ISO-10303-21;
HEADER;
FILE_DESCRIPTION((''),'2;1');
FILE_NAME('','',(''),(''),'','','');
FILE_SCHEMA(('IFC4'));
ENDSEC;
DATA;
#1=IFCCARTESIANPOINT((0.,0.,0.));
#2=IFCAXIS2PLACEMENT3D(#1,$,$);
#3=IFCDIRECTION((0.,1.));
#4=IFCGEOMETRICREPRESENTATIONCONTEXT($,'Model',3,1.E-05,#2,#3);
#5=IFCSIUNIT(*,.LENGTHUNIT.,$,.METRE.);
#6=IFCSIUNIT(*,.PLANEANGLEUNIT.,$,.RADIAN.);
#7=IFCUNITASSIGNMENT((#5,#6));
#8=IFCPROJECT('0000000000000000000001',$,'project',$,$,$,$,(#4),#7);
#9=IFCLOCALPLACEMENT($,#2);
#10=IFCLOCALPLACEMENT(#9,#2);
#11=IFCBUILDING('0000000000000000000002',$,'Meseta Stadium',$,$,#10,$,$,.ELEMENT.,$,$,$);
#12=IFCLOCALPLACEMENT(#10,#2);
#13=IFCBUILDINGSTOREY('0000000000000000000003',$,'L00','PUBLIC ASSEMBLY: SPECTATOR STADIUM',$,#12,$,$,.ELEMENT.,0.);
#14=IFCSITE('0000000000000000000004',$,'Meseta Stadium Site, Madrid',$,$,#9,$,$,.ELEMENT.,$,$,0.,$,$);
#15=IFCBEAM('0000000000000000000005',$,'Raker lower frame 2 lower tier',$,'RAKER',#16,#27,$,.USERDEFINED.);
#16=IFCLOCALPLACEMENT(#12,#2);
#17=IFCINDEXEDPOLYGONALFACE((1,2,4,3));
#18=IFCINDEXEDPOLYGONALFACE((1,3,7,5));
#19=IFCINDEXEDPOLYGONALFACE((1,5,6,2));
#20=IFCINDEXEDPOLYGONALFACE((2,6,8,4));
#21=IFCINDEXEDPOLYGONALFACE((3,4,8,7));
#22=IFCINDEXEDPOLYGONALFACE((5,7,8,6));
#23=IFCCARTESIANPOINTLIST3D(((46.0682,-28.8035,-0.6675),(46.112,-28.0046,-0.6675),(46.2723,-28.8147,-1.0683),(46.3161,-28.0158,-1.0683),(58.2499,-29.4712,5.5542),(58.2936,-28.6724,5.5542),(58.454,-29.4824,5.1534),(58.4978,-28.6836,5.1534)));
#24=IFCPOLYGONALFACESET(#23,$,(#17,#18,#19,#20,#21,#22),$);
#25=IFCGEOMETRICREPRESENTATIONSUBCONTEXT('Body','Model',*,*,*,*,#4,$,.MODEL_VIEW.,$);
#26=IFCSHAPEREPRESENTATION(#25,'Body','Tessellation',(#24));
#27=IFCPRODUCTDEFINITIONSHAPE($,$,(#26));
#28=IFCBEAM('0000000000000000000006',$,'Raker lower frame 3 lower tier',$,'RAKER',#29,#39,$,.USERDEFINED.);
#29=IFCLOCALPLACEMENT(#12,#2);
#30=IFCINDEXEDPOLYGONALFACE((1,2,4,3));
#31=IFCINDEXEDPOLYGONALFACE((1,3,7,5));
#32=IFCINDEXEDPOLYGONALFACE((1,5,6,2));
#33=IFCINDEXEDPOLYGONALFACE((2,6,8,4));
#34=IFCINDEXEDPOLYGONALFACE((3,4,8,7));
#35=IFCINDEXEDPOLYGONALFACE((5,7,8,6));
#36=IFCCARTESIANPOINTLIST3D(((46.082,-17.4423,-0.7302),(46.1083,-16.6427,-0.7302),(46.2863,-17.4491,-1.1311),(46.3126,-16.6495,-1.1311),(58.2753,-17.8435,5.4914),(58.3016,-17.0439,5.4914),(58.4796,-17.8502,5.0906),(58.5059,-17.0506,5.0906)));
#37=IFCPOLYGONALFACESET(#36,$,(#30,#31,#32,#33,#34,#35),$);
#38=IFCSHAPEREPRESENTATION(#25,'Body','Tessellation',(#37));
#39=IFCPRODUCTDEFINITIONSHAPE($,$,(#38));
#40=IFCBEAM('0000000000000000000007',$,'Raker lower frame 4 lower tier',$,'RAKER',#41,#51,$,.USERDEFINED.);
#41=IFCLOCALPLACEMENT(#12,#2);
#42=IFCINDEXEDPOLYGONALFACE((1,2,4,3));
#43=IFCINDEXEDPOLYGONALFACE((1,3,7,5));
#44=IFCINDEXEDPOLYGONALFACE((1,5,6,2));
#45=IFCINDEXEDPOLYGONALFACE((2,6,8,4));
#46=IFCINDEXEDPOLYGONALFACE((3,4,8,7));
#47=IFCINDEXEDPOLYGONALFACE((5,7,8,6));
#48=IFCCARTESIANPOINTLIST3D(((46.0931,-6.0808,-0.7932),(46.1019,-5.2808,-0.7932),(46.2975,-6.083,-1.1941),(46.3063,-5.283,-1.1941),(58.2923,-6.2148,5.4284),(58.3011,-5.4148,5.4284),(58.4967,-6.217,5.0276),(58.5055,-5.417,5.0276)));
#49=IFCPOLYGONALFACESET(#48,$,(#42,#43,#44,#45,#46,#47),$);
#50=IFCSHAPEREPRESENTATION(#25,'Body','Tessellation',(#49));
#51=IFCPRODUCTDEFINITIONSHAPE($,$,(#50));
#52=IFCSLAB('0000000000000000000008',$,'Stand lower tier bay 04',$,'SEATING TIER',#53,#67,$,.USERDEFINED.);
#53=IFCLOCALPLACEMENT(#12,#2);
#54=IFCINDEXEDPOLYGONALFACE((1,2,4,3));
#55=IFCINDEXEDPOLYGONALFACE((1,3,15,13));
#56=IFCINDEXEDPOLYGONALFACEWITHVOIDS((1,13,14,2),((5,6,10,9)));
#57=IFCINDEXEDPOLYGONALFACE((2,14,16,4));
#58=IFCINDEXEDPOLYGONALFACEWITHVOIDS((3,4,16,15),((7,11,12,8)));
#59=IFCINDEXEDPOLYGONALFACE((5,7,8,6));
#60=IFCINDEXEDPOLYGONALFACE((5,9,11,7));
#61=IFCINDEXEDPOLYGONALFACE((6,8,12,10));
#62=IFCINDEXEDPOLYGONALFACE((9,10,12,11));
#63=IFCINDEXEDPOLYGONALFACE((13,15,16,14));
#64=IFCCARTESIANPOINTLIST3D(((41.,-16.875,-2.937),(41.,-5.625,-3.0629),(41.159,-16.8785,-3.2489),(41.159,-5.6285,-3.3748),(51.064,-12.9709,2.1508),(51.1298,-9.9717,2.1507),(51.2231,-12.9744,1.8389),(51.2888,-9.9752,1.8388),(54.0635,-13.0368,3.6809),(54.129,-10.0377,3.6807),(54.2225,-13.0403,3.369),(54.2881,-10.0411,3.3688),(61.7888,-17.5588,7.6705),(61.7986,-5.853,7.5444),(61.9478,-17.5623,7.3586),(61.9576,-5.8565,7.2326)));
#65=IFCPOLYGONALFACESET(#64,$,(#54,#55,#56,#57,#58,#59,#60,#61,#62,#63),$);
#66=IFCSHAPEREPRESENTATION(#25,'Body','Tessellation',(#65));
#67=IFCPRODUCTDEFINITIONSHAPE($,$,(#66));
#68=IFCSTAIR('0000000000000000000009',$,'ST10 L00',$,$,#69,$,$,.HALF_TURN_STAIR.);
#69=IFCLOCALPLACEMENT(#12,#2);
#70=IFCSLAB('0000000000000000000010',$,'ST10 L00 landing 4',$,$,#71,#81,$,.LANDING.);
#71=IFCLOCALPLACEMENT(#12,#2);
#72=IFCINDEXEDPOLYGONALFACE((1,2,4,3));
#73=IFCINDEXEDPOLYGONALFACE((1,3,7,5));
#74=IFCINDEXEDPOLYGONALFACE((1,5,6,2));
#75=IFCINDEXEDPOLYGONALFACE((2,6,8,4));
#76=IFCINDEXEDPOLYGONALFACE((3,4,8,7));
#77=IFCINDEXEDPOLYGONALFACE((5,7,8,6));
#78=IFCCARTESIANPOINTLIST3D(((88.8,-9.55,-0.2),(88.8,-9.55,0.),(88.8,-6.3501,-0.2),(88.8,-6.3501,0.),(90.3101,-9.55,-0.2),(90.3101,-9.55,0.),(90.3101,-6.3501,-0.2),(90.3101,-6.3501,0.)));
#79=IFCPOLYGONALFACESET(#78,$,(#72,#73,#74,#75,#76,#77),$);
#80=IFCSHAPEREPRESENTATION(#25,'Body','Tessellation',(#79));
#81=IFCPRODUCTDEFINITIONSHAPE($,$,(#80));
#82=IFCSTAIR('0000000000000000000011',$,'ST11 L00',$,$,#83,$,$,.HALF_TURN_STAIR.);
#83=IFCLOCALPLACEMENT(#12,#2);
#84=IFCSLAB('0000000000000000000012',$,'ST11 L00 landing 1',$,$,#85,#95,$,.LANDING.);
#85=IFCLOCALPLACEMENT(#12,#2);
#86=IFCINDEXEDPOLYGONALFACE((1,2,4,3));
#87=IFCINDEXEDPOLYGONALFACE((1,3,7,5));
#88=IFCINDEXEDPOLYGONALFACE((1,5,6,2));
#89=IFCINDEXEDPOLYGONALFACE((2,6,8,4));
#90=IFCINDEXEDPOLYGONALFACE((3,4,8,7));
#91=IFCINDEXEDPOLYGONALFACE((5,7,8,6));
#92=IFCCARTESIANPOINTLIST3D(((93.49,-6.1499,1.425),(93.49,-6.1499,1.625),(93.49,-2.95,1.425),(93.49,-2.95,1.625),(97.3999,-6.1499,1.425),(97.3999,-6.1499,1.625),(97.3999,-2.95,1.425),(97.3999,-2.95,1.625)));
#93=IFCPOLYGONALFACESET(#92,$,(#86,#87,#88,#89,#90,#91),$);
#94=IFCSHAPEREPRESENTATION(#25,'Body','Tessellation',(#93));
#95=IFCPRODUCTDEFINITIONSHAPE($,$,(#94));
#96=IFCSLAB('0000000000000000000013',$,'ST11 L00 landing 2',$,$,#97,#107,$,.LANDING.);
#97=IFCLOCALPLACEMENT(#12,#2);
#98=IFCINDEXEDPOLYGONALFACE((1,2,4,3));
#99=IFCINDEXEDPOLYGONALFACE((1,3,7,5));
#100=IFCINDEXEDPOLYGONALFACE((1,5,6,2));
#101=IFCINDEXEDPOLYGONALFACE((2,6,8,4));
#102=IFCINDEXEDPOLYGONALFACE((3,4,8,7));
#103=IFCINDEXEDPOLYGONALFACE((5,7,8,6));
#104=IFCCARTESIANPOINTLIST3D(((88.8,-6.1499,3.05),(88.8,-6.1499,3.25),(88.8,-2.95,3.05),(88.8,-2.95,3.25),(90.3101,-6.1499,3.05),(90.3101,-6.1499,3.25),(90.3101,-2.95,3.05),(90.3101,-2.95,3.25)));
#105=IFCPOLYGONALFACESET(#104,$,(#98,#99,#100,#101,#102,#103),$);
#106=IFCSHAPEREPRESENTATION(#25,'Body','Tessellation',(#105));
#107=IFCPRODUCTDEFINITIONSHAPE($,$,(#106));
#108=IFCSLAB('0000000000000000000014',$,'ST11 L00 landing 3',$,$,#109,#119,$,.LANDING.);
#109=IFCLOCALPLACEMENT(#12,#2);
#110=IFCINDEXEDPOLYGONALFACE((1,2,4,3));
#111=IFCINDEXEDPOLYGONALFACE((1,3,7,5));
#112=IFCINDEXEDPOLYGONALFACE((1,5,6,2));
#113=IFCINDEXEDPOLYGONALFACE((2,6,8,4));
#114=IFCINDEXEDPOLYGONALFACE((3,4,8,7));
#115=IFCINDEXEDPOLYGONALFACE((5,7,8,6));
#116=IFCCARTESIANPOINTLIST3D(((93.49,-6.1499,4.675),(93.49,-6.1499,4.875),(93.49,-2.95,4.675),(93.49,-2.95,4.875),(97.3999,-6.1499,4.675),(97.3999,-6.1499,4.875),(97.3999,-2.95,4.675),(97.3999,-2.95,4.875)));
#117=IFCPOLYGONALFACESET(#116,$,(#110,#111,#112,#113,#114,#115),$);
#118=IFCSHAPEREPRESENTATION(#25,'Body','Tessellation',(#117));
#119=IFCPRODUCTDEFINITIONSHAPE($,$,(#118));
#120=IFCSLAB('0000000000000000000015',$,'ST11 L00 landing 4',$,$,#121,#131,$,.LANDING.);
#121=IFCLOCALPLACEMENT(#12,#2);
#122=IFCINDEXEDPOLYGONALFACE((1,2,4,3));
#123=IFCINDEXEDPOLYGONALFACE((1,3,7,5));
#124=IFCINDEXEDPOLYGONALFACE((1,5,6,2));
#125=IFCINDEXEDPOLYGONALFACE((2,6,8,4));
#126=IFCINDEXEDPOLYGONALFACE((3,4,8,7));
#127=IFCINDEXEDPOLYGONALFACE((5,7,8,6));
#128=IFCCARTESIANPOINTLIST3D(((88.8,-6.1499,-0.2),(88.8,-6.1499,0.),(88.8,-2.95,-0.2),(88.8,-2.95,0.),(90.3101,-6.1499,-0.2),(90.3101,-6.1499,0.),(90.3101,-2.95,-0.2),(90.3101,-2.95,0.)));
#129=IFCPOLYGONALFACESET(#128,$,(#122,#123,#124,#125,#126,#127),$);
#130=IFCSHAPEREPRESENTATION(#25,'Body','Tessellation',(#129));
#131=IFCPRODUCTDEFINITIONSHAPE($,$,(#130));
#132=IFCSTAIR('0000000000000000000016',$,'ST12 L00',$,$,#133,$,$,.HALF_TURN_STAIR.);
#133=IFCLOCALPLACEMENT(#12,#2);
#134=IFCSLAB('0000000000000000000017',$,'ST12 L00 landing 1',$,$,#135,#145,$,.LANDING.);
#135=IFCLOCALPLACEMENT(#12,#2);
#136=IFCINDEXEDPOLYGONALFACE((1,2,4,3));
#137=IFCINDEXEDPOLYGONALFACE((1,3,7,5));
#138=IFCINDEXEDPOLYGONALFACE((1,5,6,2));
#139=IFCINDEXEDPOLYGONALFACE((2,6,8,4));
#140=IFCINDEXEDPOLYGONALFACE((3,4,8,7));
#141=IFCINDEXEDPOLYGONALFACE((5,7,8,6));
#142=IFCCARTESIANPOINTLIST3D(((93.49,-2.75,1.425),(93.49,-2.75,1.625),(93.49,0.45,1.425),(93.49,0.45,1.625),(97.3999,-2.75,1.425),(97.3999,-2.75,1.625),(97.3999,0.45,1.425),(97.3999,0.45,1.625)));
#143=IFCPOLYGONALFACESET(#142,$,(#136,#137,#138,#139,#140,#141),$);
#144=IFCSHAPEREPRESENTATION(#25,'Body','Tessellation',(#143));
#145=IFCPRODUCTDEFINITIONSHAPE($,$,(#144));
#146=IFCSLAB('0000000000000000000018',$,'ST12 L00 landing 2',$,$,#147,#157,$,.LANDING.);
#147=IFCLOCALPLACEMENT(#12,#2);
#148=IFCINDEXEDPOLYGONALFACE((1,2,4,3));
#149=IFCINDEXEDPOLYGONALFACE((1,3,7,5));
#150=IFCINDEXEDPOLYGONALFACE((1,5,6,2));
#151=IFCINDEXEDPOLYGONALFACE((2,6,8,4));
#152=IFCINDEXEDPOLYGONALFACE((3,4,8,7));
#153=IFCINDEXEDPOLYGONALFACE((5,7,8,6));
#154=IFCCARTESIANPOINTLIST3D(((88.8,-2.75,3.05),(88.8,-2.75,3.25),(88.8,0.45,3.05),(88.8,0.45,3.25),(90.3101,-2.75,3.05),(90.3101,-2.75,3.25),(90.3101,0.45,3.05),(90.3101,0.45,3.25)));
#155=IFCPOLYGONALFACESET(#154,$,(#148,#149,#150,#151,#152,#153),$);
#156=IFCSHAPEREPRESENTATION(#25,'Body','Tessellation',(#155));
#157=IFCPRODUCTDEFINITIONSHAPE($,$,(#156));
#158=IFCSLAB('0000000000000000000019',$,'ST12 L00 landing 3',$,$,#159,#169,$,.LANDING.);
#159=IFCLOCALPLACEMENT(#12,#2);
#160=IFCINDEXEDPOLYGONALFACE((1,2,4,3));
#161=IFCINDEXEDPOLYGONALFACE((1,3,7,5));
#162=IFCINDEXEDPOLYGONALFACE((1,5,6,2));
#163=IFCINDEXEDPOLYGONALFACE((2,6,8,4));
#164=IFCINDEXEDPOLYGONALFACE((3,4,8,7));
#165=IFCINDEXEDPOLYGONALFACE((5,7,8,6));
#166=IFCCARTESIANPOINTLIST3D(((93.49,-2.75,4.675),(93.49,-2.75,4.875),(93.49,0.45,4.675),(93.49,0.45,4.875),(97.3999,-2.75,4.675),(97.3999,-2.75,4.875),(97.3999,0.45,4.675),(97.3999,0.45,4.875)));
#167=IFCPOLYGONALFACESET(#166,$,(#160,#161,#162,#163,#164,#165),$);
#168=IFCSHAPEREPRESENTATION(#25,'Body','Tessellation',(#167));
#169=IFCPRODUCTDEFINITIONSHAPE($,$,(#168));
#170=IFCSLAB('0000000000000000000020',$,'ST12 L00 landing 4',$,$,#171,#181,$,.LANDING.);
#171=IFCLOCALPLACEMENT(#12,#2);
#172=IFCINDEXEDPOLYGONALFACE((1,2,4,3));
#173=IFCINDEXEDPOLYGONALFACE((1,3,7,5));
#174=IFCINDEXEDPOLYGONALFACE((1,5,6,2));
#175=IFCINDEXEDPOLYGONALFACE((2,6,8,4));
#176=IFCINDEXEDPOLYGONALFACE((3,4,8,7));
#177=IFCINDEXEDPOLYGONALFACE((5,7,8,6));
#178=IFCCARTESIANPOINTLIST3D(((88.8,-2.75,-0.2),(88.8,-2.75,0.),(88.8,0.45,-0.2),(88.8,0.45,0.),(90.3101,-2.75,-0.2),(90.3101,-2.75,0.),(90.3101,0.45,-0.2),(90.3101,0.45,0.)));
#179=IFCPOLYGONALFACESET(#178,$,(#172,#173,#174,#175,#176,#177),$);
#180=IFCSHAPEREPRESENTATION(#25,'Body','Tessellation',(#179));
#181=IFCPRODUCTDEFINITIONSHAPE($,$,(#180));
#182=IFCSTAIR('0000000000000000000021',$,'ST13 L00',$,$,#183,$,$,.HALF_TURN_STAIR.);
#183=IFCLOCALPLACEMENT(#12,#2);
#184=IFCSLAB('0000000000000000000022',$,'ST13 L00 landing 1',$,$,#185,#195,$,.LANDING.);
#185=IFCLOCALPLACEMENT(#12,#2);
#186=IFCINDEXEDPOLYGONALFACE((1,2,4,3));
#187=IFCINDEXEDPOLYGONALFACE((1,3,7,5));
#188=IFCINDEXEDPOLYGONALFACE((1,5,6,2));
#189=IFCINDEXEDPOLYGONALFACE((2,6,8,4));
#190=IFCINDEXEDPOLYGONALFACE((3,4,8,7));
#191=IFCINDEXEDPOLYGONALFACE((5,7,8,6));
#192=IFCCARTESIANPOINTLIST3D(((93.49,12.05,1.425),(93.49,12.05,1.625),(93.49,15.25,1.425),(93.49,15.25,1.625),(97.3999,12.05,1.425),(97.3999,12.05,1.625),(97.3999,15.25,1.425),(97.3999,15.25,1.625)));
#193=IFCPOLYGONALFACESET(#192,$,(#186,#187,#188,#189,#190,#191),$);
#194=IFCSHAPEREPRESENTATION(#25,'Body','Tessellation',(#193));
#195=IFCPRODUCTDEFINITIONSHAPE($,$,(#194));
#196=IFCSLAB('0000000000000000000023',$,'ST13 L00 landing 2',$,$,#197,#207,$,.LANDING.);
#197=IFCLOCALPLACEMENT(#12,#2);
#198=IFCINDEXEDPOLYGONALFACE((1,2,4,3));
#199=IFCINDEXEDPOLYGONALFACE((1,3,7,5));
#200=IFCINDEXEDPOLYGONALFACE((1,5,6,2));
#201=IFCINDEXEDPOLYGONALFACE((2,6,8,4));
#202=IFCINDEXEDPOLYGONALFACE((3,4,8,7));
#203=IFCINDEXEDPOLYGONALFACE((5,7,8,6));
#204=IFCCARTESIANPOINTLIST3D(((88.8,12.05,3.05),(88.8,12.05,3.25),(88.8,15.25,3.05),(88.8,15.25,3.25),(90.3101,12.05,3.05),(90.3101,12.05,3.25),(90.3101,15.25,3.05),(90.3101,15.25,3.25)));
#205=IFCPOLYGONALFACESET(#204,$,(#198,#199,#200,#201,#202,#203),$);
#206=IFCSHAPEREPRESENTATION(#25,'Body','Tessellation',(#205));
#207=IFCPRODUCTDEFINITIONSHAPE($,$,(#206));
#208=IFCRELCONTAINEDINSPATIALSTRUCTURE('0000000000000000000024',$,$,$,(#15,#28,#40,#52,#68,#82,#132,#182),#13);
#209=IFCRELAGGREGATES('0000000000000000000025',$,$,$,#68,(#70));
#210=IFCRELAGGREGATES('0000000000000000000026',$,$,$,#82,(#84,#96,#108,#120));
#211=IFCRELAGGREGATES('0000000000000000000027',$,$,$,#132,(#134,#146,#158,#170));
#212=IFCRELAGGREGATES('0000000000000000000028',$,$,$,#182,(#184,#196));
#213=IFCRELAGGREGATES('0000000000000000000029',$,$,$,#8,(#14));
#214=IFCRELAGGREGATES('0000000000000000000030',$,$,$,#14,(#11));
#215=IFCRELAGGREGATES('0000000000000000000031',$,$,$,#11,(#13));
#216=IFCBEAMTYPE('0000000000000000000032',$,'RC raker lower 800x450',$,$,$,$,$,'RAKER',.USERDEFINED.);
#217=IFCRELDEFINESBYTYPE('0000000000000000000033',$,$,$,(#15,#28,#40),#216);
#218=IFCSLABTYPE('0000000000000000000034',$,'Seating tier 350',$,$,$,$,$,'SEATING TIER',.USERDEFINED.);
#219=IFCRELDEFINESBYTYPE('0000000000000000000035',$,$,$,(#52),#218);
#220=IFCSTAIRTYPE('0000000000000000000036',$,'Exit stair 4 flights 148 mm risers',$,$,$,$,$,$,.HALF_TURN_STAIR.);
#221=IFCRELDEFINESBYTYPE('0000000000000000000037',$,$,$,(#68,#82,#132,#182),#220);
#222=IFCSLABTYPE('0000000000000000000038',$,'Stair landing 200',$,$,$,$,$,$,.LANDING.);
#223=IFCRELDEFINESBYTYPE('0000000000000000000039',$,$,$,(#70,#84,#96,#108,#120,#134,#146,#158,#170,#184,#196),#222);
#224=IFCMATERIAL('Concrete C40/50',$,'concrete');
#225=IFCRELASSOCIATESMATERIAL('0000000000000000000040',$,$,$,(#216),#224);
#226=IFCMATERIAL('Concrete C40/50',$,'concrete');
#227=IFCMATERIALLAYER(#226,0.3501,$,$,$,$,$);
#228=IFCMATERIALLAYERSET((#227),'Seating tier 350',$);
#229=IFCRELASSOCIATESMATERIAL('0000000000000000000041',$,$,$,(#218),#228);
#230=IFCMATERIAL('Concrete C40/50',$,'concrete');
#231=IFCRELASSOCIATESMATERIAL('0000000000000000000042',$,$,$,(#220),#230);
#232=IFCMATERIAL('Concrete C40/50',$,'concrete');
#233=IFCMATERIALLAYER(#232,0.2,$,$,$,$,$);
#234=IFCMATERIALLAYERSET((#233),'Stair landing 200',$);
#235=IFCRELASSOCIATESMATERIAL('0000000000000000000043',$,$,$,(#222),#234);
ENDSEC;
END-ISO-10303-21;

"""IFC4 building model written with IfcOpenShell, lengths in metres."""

from ifc_helpers import new_model, si_unit, direction, frame, origin, origin_2d, place, context, subcontext, project, spatial, polyline, rectangle, outline, extrude, material, layer, layer_set, material_profile, profile_set, type_object, element, aggregate, save


model = new_model("IFC4")

# Units and contexts
model_context = context("Model", 3, precision=1e-05, world=origin(), true_north=direction((0.0, 1.0)))
body_context = subcontext(model_context, "Body", "Model", "MODEL_VIEW")
ifc_project = project(units=[si_unit("LENGTHUNIT", "METRE"), si_unit("PLANEANGLEUNIT", "RADIAN")], contexts=[model_context])

# Site, building, storey
site_placement = place(None, origin())
site = spatial("IfcSite", under=ifc_project, at=site_placement, Name="Meseta Stadium Site, Madrid", CompositionType="ELEMENT", RefElevation=0.0)
building_placement = place(site_placement, origin())
building = spatial("IfcBuilding", under=site, at=building_placement, Name="Meseta Stadium", CompositionType="ELEMENT")
storey_placement = place(building_placement, origin())
storey = spatial("IfcBuildingStorey", under=building, at=storey_placement, Name="L00", Description="PUBLIC ASSEMBLY: SPECTATOR STADIUM", CompositionType="ELEMENT", Elevation=0.0)

# Beams
ifc_material_1 = material(Name="Concrete C40/50", Category="concrete")
ifc_material_profile = material_profile(ifc_material_1, rectangle(XDim=0.8, YDim=0.45, at=origin_2d()), Name="RC 800x450")
ifc_profile_set = profile_set([ifc_material_profile], Name="Concrete C40/50")
beam_type = type_object("IfcBeamType", Name="RC raker lower 800x450", ElementType="RAKER", PredefinedType="USERDEFINED", material=ifc_profile_set)
for number, where, z_axis, x_axis, name in (
    (1, (46.1921, -28.4097, -0.8679), (0.889509, -0.048758, 0.45431), (0.054732, 0.998501, 0.0), "Raker lower frame 2 lower tier"),
    (2, (46.1973, -17.0459, -0.9307), (0.890363, -0.02929, 0.454309), (0.032879, 0.999459, 0.0), "Raker lower frame 3 lower tier"),
    (3, (46.1997, -5.6819, -0.9937), (0.89079, -0.009787, 0.454309), (0.010986, 0.99994, 0.0), "Raker lower frame 4 lower tier"),
):
    element("IfcBeam", number, at=place(storey_placement, frame(where, z_axis=z_axis, x_axis=x_axis)), inside=storey, type_object=beam_type, Name=name, ObjectType="RAKER", PredefinedType="USERDEFINED", context=body_context, shape_type="SweptSolid", body=[
        extrude(rectangle(XDim=0.8, YDim=0.45, at=origin_2d()), origin(), (0.0, 0.0, 1.0), 13.6948),
    ])

# Slab
ifc_material_2 = material(Name="Concrete C40/50", Category="concrete")
ifc_layer_1 = layer(ifc_material_2, 0.3501)
ifc_layer_set_1 = layer_set([ifc_layer_1], Name="Seating tier 350")
slab_type_1 = type_object("IfcSlabType", Name="Seating tier 350", ElementType="SEATING TIER", PredefinedType="USERDEFINED", material=ifc_layer_set_1)
slab_1_placement = place(storey_placement, frame((41.0, -16.875, -2.937), z_axis=(-0.45422, 0.009971, 0.890834), x_axis=(0.890363, -0.029288, 0.454307)))
element("IfcSlab", 4, at=slab_1_placement, inside=storey, type_object=slab_type_1, Name="Stand lower tier bay 04", ObjectType="SEATING TIER", PredefinedType="USERDEFINED", context=body_context, shape_type="SweptSolid", body=[
    extrude(outline(polyline([(0.0, 0.0), (23.3487, 0.0), (22.9573, 11.6999), (-0.3867, 11.2441), (0.0, 0.0)]), holes=[polyline([(11.1577, 4.2329), (14.5254, 4.2656), (14.4958, 7.2654), (11.1284, 7.2327), (11.1577, 4.2329)])]), origin(), (0.0, 0.0, -1.0), 0.3501),
])

# Stair, slab
ifc_material_3 = material(Name="Concrete C40/50", Category="concrete")
stair_type = type_object("IfcStairType", Name="Exit stair 4 flights 148 mm risers", PredefinedType="HALF_TURN_STAIR", material=ifc_material_3)
stair_1_placement = place(storey_placement, origin())
stair_1 = element("IfcStair", 5, at=stair_1_placement, inside=storey, type_object=stair_type, Name="ST10 L00", PredefinedType="HALF_TURN_STAIR")
ifc_material_4 = material(Name="Concrete C40/50", Category="concrete")
ifc_layer_2 = layer(ifc_material_4, 0.2)
ifc_layer_set_2 = layer_set([ifc_layer_2], Name="Stair landing 200")
slab_type_2 = type_object("IfcSlabType", Name="Stair landing 200", PredefinedType="LANDING", material=ifc_layer_set_2)
slab_2_placement = place(storey_placement, frame((0.0, 0.0, -0.2)))
slab_2 = element("IfcSlab", 6, at=slab_2_placement, type_object=slab_type_2, Name="ST10 L00 landing 4", PredefinedType="LANDING", context=body_context, shape_type="SweptSolid", body=[
    extrude(outline(polyline([(88.8, -9.55), (90.3101, -9.55), (90.3101, -6.3501), (88.8, -6.3501), (88.8, -9.55)])), origin(), (0.0, 0.0, 1.0), 0.2),
])
aggregate(stair_1, [slab_2])

# Stairs, slabs
stair_2_placement = place(storey_placement, origin())
stair_2 = element("IfcStair", 7, at=stair_2_placement, inside=storey, type_object=stair_type, Name="ST11 L00", PredefinedType="HALF_TURN_STAIR")
slab_3_placement = place(storey_placement, frame((0.0, 0.0, 1.425)))
slab_3 = element("IfcSlab", 8, at=slab_3_placement, type_object=slab_type_2, Name="ST11 L00 landing 1", PredefinedType="LANDING", context=body_context, shape_type="SweptSolid", body=[
    extrude(outline(polyline([(93.49, -6.1499), (97.3999, -6.1499), (97.3999, -2.95), (93.49, -2.95), (93.49, -6.1499)])), origin(), (0.0, 0.0, 1.0), 0.2),
])
slab_4_placement = place(storey_placement, frame((0.0, 0.0, 3.05)))
slab_4 = element("IfcSlab", 9, at=slab_4_placement, type_object=slab_type_2, Name="ST11 L00 landing 2", PredefinedType="LANDING", context=body_context, shape_type="SweptSolid", body=[
    extrude(outline(polyline([(88.8, -6.1499), (90.3101, -6.1499), (90.3101, -2.95), (88.8, -2.95), (88.8, -6.1499)])), origin(), (0.0, 0.0, 1.0), 0.2),
])
slab_5_placement = place(storey_placement, frame((0.0, 0.0, 4.675)))
slab_5 = element("IfcSlab", 10, at=slab_5_placement, type_object=slab_type_2, Name="ST11 L00 landing 3", PredefinedType="LANDING", context=body_context, shape_type="SweptSolid", body=[
    extrude(outline(polyline([(93.49, -6.1499), (97.3999, -6.1499), (97.3999, -2.95), (93.49, -2.95), (93.49, -6.1499)])), origin(), (0.0, 0.0, 1.0), 0.2),
])
slab_6_placement = place(storey_placement, frame((0.0, 0.0, -0.2)))
slab_6 = element("IfcSlab", 11, at=slab_6_placement, type_object=slab_type_2, Name="ST11 L00 landing 4", PredefinedType="LANDING", context=body_context, shape_type="SweptSolid", body=[
    extrude(outline(polyline([(88.8, -6.1499), (90.3101, -6.1499), (90.3101, -2.95), (88.8, -2.95), (88.8, -6.1499)])), origin(), (0.0, 0.0, 1.0), 0.2),
])
aggregate(stair_2, [slab_3, slab_4, slab_5, slab_6])
stair_3_placement = place(storey_placement, origin())
stair_3 = element("IfcStair", 12, at=stair_3_placement, inside=storey, type_object=stair_type, Name="ST12 L00", PredefinedType="HALF_TURN_STAIR")
slab_7_placement = place(storey_placement, frame((0.0, 0.0, 1.425)))
slab_7 = element("IfcSlab", 13, at=slab_7_placement, type_object=slab_type_2, Name="ST12 L00 landing 1", PredefinedType="LANDING", context=body_context, shape_type="SweptSolid", body=[
    extrude(outline(polyline([(93.49, -2.75), (97.3999, -2.75), (97.3999, 0.45), (93.49, 0.45), (93.49, -2.75)])), origin(), (0.0, 0.0, 1.0), 0.2),
])
slab_8_placement = place(storey_placement, frame((0.0, 0.0, 3.05)))
slab_8 = element("IfcSlab", 14, at=slab_8_placement, type_object=slab_type_2, Name="ST12 L00 landing 2", PredefinedType="LANDING", context=body_context, shape_type="SweptSolid", body=[
    extrude(outline(polyline([(88.8, -2.75), (90.3101, -2.75), (90.3101, 0.45), (88.8, 0.45), (88.8, -2.75)])), origin(), (0.0, 0.0, 1.0), 0.2),
])
slab_9_placement = place(storey_placement, frame((0.0, 0.0, 4.675)))
slab_9 = element("IfcSlab", 15, at=slab_9_placement, type_object=slab_type_2, Name="ST12 L00 landing 3", PredefinedType="LANDING", context=body_context, shape_type="SweptSolid", body=[
    extrude(outline(polyline([(93.49, -2.75), (97.3999, -2.75), (97.3999, 0.45), (93.49, 0.45), (93.49, -2.75)])), origin(), (0.0, 0.0, 1.0), 0.2),
])
slab_10_placement = place(storey_placement, frame((0.0, 0.0, -0.2)))
slab_10 = element("IfcSlab", 16, at=slab_10_placement, type_object=slab_type_2, Name="ST12 L00 landing 4", PredefinedType="LANDING", context=body_context, shape_type="SweptSolid", body=[
    extrude(outline(polyline([(88.8, -2.75), (90.3101, -2.75), (90.3101, 0.45), (88.8, 0.45), (88.8, -2.75)])), origin(), (0.0, 0.0, 1.0), 0.2),
])
aggregate(stair_3, [slab_7, slab_8, slab_9, slab_10])
stair_4_placement = place(storey_placement, origin())
stair_4 = element("IfcStair", 17, at=stair_4_placement, inside=storey, type_object=stair_type, Name="ST13 L00", PredefinedType="HALF_TURN_STAIR")
slab_11_placement = place(storey_placement, frame((0.0, 0.0, 1.425)))
slab_11 = element("IfcSlab", 18, at=slab_11_placement, type_object=slab_type_2, Name="ST13 L00 landing 1", PredefinedType="LANDING", context=body_context, shape_type="SweptSolid", body=[
    extrude(outline(polyline([(93.49, 12.05), (97.3999, 12.05), (97.3999, 15.25), (93.49, 15.25), (93.49, 12.05)])), origin(), (0.0, 0.0, 1.0), 0.2),
])
slab_12_placement = place(storey_placement, frame((0.0, 0.0, 3.05)))
slab_12 = element("IfcSlab", 19, at=slab_12_placement, type_object=slab_type_2, Name="ST13 L00 landing 2", PredefinedType="LANDING", context=body_context, shape_type="SweptSolid", body=[
    extrude(outline(polyline([(88.8, 12.05), (90.3101, 12.05), (90.3101, 15.25), (88.8, 15.25), (88.8, 12.05)])), origin(), (0.0, 0.0, 1.0), 0.2),
])
aggregate(stair_4, [slab_11, slab_12])

save(model, "model.ifc")
